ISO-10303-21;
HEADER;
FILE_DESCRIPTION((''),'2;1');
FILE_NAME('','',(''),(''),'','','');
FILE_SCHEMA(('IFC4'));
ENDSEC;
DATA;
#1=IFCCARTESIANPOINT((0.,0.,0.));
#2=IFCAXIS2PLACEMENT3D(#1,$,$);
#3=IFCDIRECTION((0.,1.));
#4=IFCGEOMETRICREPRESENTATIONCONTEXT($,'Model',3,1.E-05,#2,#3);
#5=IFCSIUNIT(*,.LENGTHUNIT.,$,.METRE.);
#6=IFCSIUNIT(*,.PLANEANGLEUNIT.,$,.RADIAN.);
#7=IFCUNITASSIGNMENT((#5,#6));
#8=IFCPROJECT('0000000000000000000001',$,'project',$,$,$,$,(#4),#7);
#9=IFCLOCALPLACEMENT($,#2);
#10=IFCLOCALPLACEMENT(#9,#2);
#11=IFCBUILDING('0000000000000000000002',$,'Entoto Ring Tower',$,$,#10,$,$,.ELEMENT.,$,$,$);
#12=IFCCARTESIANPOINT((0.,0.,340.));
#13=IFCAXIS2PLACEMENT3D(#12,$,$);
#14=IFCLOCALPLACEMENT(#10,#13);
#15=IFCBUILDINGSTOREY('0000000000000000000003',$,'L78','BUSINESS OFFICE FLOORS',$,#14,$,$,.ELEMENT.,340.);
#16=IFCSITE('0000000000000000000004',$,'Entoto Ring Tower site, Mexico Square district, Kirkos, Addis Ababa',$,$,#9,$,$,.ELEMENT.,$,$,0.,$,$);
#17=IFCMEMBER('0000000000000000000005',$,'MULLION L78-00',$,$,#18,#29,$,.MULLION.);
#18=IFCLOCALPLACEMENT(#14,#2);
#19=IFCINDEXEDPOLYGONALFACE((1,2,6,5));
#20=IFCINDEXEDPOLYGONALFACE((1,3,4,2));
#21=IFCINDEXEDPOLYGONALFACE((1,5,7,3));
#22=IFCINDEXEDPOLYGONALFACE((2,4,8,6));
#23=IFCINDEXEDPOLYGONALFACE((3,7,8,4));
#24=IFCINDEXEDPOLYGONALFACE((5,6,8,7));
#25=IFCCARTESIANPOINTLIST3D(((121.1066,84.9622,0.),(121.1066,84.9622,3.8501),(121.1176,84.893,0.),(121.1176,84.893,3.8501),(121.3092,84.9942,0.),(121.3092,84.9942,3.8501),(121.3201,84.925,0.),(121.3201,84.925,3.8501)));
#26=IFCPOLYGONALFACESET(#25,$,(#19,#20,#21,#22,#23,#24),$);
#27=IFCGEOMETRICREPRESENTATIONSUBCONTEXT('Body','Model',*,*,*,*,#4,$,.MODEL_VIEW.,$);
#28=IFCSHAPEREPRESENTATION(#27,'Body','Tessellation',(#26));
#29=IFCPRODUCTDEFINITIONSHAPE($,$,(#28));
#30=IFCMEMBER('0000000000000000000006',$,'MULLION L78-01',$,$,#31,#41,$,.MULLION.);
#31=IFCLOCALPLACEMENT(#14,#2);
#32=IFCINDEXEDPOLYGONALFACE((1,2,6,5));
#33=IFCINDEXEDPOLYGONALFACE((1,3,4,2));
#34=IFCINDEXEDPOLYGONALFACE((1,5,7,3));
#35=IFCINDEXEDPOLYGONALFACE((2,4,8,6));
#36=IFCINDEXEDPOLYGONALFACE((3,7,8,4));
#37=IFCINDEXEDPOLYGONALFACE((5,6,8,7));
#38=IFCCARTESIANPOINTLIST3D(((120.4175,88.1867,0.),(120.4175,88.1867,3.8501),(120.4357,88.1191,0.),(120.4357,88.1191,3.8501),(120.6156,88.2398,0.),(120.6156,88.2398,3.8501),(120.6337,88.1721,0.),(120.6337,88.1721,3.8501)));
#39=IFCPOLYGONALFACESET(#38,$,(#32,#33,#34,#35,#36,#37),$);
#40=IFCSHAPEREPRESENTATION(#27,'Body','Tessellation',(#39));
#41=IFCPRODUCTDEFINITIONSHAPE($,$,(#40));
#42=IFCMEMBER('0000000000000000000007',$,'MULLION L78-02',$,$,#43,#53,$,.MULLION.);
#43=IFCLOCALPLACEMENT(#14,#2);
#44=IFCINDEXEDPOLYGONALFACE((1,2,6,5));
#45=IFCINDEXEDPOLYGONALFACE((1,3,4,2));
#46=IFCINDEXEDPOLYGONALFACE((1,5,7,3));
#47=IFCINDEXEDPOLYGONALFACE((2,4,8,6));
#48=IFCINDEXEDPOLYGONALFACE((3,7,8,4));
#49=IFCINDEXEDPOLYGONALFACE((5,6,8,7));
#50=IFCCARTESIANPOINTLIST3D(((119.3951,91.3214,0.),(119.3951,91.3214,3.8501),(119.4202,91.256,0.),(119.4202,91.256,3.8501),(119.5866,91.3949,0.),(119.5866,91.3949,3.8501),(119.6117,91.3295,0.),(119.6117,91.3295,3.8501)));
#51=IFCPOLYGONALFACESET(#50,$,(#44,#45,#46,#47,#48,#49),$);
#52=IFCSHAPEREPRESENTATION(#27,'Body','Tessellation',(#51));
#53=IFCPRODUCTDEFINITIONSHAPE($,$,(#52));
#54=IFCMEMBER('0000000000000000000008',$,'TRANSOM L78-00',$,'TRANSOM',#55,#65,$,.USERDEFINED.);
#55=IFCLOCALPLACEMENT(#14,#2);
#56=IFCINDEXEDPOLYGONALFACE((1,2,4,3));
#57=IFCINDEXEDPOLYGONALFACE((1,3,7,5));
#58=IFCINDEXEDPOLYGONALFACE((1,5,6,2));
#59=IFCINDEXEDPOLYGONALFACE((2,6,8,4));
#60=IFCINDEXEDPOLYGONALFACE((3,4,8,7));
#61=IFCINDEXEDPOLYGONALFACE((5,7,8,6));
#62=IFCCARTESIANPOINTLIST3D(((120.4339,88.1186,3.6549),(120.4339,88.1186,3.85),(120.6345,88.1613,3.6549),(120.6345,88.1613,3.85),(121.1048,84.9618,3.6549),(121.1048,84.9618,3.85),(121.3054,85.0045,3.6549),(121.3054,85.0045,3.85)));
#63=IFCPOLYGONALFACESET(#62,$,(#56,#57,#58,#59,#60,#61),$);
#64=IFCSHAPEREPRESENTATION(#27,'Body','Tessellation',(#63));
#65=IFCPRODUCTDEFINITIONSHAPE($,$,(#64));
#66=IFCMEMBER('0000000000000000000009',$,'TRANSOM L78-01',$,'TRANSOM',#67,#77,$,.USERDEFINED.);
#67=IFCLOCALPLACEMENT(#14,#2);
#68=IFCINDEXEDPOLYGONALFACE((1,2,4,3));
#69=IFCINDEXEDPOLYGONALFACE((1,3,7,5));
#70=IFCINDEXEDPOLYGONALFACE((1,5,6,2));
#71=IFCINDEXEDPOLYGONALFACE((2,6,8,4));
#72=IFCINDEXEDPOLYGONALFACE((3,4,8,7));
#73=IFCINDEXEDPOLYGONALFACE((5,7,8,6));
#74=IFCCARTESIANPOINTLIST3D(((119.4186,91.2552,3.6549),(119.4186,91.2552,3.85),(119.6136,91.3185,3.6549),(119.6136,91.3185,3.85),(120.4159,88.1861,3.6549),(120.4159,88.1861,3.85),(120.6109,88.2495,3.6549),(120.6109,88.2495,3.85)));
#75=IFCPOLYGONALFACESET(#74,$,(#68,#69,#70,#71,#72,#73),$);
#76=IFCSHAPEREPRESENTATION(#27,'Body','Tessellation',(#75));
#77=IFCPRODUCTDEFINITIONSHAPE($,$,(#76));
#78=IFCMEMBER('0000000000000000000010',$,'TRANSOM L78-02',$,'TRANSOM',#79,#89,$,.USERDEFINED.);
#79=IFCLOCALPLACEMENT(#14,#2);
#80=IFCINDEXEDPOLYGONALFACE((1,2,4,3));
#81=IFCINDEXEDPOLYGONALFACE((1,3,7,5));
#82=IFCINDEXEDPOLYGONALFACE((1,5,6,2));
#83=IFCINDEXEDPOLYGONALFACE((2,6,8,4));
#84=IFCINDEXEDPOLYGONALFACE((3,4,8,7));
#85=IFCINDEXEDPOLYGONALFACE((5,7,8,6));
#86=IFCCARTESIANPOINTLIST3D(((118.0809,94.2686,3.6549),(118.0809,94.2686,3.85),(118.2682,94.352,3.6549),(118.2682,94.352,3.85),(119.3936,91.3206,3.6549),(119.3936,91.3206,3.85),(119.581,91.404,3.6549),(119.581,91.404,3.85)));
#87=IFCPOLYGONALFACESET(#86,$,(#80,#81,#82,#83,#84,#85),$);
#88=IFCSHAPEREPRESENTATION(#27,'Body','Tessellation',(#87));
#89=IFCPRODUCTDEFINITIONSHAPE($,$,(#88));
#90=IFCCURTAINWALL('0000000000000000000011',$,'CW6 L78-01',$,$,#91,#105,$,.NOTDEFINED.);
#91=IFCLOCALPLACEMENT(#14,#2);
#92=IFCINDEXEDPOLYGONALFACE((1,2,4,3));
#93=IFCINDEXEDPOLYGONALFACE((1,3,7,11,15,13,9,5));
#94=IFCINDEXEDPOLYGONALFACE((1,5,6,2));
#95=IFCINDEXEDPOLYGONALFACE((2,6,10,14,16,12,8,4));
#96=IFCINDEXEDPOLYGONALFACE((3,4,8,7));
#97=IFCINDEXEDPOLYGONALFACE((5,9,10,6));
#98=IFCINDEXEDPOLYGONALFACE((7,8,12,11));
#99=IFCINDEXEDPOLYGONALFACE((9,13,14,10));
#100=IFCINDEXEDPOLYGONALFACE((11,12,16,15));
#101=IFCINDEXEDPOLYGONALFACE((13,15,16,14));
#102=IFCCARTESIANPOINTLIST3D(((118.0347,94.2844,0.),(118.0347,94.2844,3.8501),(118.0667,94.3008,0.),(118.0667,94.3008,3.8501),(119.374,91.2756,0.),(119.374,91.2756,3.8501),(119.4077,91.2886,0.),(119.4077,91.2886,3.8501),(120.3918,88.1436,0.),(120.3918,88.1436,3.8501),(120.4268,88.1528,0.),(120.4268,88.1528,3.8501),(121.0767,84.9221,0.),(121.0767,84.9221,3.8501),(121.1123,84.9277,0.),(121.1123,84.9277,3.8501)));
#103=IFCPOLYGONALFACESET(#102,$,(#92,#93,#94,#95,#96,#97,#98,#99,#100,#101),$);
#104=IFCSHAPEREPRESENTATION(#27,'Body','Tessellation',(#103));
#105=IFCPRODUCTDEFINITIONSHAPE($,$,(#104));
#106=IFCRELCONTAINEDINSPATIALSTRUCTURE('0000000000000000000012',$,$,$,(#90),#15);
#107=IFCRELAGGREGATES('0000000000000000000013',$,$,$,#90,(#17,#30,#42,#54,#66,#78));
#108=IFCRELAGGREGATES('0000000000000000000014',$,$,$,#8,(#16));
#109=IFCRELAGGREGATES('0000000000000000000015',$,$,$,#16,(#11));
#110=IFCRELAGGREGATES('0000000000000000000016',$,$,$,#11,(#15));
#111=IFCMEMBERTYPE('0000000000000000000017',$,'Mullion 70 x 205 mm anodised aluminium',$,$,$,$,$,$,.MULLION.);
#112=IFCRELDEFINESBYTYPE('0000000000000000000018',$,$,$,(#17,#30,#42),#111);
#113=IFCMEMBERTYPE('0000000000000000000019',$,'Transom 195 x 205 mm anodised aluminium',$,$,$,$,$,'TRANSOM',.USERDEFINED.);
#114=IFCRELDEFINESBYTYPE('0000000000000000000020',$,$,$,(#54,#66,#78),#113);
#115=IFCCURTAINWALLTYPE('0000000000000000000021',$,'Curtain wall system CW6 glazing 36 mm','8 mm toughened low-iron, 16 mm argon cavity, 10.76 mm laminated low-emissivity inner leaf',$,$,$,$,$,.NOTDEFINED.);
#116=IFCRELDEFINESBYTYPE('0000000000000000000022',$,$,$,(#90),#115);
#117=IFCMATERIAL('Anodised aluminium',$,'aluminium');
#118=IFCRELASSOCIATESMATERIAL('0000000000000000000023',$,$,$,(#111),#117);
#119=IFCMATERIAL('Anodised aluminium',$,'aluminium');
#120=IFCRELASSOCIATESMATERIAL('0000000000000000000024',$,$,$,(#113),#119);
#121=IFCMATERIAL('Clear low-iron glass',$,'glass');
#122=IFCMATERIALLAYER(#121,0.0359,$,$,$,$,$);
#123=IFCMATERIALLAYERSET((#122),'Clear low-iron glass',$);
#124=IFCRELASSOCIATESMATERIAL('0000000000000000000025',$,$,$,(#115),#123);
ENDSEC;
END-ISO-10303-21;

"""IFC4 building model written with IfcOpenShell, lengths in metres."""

from ifc_helpers import new_model, si_unit, direction, frame, origin, origin_2d, place, context, subcontext, project, spatial, polyline, rectangle, outline, extrude, material, layer, layer_set, material_profile, profile_set, type_object, element, aggregate, save


model = new_model("IFC4")

# Units and contexts
model_context = context("Model", 3, precision=1e-05, world=origin(), true_north=direction((0.0, 1.0)))
body_context = subcontext(model_context, "Body", "Model", "MODEL_VIEW")
ifc_project = project(units=[si_unit("LENGTHUNIT", "METRE"), si_unit("PLANEANGLEUNIT", "RADIAN")], contexts=[model_context])

# Members
ifc_material_1 = material(Name="Anodised aluminium", Category="aluminium")
ifc_material_profile_1 = material_profile(ifc_material_1, rectangle(XDim=0.0701, YDim=0.2051, at=origin_2d()), Name="Mullion 70 x 205 mm anodised aluminium")
ifc_profile_set_1 = profile_set([ifc_material_profile_1], Name="Anodised aluminium")
member_type_1 = type_object("IfcMemberType", Name="Mullion 70 x 205 mm anodised aluminium", PredefinedType="MULLION", material=ifc_profile_set_1)
site_placement = place(None, origin())
building_placement = place(site_placement, origin())
storey_placement = place(building_placement, frame((0.0, 0.0, 340.0)))
member_1_placement = place(storey_placement, frame((121.2134, 84.9436, 0.0), z_axis=(0.0, 0.0, 1.0), x_axis=(-0.156434, 0.987688, 0.0)))
member_1 = element("IfcMember", 1, at=member_1_placement, type_object=member_type_1, Name="MULLION L78-00", PredefinedType="MULLION", context=body_context, shape_type="SweptSolid", body=[
    extrude(rectangle(XDim=0.0701, YDim=0.2051, at=origin_2d()), origin(), (0.0, 0.0, 1.0), 3.8501),
])
member_2_placement = place(storey_placement, frame((120.5256, 88.1794, 0.0), z_axis=(0.0, 0.0, 1.0), x_axis=(-0.258819, 0.965926, 0.0)))
member_2 = element("IfcMember", 2, at=member_2_placement, type_object=member_type_1, Name="MULLION L78-01", PredefinedType="MULLION", context=body_context, shape_type="SweptSolid", body=[
    extrude(rectangle(XDim=0.0701, YDim=0.2051, at=origin_2d()), origin(), (0.0, 0.0, 1.0), 3.8501),
])
member_3_placement = place(storey_placement, frame((119.5034, 91.3254, 0.0), z_axis=(0.0, 0.0, 1.0), x_axis=(-0.358368, 0.93358, 0.0)))
member_3 = element("IfcMember", 3, at=member_3_placement, type_object=member_type_1, Name="MULLION L78-02", PredefinedType="MULLION", context=body_context, shape_type="SweptSolid", body=[
    extrude(rectangle(XDim=0.0701, YDim=0.2051, at=origin_2d()), origin(), (0.0, 0.0, 1.0), 3.8501),
])
ifc_material_2 = material(Name="Anodised aluminium", Category="aluminium")
ifc_material_profile_2 = material_profile(ifc_material_2, rectangle(XDim=0.2051, YDim=0.1951, at=origin_2d()), Name="Transom 195 x 205 mm anodised aluminium")
ifc_profile_set_2 = profile_set([ifc_material_profile_2], Name="Anodised aluminium")
member_type_2 = type_object("IfcMemberType", Name="Transom 195 x 205 mm anodised aluminium", ElementType="TRANSOM", PredefinedType="USERDEFINED", material=ifc_profile_set_2)
member_4_placement = place(storey_placement, frame((121.2051, 84.9832, 3.7524), z_axis=(-0.207886, 0.978153, 0.0), x_axis=(-0.978153, -0.207886, 0.0)))
member_4 = element("IfcMember", 4, at=member_4_placement, type_object=member_type_2, Name="TRANSOM L78-00", ObjectType="TRANSOM", PredefinedType="USERDEFINED", context=body_context, shape_type="SweptSolid", body=[
    extrude(rectangle(XDim=0.2051, YDim=0.1951, at=origin_2d()), origin(), (0.0, 0.0, 1.0), 3.2273),
])
member_5_placement = place(storey_placement, frame((120.5134, 88.2178, 3.7524), z_axis=(-0.309047, 0.951047, 0.0), x_axis=(-0.951047, -0.309047, 0.0)))
member_5 = element("IfcMember", 5, at=member_5_placement, type_object=member_type_2, Name="TRANSOM L78-01", ObjectType="TRANSOM", PredefinedType="USERDEFINED", context=body_context, shape_type="SweptSolid", body=[
    extrude(rectangle(XDim=0.2051, YDim=0.1951, at=origin_2d()), origin(), (0.0, 0.0, 1.0), 3.2271),
])
member_6_placement = place(storey_placement, frame((119.4873, 91.3623, 3.7524), z_axis=(-0.406791, 0.913521, 0.0), x_axis=(-0.913521, -0.406791, 0.0)))
member_6 = element("IfcMember", 6, at=member_6_placement, type_object=member_type_2, Name="TRANSOM L78-02", ObjectType="TRANSOM", PredefinedType="USERDEFINED", context=body_context, shape_type="SweptSolid", body=[
    extrude(rectangle(XDim=0.2051, YDim=0.1951, at=origin_2d()), origin(), (0.0, 0.0, 1.0), 3.2271),
])

# Site, building, storey
site = spatial("IfcSite", under=ifc_project, at=site_placement, Name="Entoto Ring Tower site, Mexico Square district, Kirkos, Addis Ababa", CompositionType="ELEMENT", RefElevation=0.0)
building = spatial("IfcBuilding", under=site, at=building_placement, Name="Entoto Ring Tower", CompositionType="ELEMENT")
storey = spatial("IfcBuildingStorey", under=building, at=storey_placement, Name="L78", Description="BUSINESS OFFICE FLOORS", CompositionType="ELEMENT", Elevation=340.0)

# Curtain wall
ifc_material_3 = material(Name="Clear low-iron glass", Category="glass")
ifc_layer_1 = layer(ifc_material_3, 0.0359)
ifc_layer_set_1 = layer_set([ifc_layer_1], Name="Clear low-iron glass")
curtain_wall_type = type_object("IfcCurtainWallType", Name="Curtain wall system CW6 glazing 36 mm", Description="8 mm toughened low-iron, 16 mm argon cavity, 10.76 mm laminated low-emissivity inner leaf", PredefinedType="NOTDEFINED", material=ifc_layer_set_1)
curtain_wall_1_placement = place(storey_placement, origin())
curtain_wall_1 = element("IfcCurtainWall", 7, at=curtain_wall_1_placement, inside=storey, type_object=curtain_wall_type, Name="CW6 L78-01", PredefinedType="NOTDEFINED", context=body_context, shape_type="SweptSolid", body=[
    extrude(outline(polyline([(121.1123, 84.9277), (120.4268, 88.1528), (119.4077, 91.2886), (118.0667, 94.3008), (118.0347, 94.2844), (119.374, 91.2756), (120.3918, 88.1436), (121.0767, 84.9221), (121.1123, 84.9277)])), origin(), (0.0, 0.0, 1.0), 3.8501),
])
aggregate(curtain_wall_1, [member_1, member_2, member_3, member_4, member_5, member_6])

save(model, "model.ifc")
